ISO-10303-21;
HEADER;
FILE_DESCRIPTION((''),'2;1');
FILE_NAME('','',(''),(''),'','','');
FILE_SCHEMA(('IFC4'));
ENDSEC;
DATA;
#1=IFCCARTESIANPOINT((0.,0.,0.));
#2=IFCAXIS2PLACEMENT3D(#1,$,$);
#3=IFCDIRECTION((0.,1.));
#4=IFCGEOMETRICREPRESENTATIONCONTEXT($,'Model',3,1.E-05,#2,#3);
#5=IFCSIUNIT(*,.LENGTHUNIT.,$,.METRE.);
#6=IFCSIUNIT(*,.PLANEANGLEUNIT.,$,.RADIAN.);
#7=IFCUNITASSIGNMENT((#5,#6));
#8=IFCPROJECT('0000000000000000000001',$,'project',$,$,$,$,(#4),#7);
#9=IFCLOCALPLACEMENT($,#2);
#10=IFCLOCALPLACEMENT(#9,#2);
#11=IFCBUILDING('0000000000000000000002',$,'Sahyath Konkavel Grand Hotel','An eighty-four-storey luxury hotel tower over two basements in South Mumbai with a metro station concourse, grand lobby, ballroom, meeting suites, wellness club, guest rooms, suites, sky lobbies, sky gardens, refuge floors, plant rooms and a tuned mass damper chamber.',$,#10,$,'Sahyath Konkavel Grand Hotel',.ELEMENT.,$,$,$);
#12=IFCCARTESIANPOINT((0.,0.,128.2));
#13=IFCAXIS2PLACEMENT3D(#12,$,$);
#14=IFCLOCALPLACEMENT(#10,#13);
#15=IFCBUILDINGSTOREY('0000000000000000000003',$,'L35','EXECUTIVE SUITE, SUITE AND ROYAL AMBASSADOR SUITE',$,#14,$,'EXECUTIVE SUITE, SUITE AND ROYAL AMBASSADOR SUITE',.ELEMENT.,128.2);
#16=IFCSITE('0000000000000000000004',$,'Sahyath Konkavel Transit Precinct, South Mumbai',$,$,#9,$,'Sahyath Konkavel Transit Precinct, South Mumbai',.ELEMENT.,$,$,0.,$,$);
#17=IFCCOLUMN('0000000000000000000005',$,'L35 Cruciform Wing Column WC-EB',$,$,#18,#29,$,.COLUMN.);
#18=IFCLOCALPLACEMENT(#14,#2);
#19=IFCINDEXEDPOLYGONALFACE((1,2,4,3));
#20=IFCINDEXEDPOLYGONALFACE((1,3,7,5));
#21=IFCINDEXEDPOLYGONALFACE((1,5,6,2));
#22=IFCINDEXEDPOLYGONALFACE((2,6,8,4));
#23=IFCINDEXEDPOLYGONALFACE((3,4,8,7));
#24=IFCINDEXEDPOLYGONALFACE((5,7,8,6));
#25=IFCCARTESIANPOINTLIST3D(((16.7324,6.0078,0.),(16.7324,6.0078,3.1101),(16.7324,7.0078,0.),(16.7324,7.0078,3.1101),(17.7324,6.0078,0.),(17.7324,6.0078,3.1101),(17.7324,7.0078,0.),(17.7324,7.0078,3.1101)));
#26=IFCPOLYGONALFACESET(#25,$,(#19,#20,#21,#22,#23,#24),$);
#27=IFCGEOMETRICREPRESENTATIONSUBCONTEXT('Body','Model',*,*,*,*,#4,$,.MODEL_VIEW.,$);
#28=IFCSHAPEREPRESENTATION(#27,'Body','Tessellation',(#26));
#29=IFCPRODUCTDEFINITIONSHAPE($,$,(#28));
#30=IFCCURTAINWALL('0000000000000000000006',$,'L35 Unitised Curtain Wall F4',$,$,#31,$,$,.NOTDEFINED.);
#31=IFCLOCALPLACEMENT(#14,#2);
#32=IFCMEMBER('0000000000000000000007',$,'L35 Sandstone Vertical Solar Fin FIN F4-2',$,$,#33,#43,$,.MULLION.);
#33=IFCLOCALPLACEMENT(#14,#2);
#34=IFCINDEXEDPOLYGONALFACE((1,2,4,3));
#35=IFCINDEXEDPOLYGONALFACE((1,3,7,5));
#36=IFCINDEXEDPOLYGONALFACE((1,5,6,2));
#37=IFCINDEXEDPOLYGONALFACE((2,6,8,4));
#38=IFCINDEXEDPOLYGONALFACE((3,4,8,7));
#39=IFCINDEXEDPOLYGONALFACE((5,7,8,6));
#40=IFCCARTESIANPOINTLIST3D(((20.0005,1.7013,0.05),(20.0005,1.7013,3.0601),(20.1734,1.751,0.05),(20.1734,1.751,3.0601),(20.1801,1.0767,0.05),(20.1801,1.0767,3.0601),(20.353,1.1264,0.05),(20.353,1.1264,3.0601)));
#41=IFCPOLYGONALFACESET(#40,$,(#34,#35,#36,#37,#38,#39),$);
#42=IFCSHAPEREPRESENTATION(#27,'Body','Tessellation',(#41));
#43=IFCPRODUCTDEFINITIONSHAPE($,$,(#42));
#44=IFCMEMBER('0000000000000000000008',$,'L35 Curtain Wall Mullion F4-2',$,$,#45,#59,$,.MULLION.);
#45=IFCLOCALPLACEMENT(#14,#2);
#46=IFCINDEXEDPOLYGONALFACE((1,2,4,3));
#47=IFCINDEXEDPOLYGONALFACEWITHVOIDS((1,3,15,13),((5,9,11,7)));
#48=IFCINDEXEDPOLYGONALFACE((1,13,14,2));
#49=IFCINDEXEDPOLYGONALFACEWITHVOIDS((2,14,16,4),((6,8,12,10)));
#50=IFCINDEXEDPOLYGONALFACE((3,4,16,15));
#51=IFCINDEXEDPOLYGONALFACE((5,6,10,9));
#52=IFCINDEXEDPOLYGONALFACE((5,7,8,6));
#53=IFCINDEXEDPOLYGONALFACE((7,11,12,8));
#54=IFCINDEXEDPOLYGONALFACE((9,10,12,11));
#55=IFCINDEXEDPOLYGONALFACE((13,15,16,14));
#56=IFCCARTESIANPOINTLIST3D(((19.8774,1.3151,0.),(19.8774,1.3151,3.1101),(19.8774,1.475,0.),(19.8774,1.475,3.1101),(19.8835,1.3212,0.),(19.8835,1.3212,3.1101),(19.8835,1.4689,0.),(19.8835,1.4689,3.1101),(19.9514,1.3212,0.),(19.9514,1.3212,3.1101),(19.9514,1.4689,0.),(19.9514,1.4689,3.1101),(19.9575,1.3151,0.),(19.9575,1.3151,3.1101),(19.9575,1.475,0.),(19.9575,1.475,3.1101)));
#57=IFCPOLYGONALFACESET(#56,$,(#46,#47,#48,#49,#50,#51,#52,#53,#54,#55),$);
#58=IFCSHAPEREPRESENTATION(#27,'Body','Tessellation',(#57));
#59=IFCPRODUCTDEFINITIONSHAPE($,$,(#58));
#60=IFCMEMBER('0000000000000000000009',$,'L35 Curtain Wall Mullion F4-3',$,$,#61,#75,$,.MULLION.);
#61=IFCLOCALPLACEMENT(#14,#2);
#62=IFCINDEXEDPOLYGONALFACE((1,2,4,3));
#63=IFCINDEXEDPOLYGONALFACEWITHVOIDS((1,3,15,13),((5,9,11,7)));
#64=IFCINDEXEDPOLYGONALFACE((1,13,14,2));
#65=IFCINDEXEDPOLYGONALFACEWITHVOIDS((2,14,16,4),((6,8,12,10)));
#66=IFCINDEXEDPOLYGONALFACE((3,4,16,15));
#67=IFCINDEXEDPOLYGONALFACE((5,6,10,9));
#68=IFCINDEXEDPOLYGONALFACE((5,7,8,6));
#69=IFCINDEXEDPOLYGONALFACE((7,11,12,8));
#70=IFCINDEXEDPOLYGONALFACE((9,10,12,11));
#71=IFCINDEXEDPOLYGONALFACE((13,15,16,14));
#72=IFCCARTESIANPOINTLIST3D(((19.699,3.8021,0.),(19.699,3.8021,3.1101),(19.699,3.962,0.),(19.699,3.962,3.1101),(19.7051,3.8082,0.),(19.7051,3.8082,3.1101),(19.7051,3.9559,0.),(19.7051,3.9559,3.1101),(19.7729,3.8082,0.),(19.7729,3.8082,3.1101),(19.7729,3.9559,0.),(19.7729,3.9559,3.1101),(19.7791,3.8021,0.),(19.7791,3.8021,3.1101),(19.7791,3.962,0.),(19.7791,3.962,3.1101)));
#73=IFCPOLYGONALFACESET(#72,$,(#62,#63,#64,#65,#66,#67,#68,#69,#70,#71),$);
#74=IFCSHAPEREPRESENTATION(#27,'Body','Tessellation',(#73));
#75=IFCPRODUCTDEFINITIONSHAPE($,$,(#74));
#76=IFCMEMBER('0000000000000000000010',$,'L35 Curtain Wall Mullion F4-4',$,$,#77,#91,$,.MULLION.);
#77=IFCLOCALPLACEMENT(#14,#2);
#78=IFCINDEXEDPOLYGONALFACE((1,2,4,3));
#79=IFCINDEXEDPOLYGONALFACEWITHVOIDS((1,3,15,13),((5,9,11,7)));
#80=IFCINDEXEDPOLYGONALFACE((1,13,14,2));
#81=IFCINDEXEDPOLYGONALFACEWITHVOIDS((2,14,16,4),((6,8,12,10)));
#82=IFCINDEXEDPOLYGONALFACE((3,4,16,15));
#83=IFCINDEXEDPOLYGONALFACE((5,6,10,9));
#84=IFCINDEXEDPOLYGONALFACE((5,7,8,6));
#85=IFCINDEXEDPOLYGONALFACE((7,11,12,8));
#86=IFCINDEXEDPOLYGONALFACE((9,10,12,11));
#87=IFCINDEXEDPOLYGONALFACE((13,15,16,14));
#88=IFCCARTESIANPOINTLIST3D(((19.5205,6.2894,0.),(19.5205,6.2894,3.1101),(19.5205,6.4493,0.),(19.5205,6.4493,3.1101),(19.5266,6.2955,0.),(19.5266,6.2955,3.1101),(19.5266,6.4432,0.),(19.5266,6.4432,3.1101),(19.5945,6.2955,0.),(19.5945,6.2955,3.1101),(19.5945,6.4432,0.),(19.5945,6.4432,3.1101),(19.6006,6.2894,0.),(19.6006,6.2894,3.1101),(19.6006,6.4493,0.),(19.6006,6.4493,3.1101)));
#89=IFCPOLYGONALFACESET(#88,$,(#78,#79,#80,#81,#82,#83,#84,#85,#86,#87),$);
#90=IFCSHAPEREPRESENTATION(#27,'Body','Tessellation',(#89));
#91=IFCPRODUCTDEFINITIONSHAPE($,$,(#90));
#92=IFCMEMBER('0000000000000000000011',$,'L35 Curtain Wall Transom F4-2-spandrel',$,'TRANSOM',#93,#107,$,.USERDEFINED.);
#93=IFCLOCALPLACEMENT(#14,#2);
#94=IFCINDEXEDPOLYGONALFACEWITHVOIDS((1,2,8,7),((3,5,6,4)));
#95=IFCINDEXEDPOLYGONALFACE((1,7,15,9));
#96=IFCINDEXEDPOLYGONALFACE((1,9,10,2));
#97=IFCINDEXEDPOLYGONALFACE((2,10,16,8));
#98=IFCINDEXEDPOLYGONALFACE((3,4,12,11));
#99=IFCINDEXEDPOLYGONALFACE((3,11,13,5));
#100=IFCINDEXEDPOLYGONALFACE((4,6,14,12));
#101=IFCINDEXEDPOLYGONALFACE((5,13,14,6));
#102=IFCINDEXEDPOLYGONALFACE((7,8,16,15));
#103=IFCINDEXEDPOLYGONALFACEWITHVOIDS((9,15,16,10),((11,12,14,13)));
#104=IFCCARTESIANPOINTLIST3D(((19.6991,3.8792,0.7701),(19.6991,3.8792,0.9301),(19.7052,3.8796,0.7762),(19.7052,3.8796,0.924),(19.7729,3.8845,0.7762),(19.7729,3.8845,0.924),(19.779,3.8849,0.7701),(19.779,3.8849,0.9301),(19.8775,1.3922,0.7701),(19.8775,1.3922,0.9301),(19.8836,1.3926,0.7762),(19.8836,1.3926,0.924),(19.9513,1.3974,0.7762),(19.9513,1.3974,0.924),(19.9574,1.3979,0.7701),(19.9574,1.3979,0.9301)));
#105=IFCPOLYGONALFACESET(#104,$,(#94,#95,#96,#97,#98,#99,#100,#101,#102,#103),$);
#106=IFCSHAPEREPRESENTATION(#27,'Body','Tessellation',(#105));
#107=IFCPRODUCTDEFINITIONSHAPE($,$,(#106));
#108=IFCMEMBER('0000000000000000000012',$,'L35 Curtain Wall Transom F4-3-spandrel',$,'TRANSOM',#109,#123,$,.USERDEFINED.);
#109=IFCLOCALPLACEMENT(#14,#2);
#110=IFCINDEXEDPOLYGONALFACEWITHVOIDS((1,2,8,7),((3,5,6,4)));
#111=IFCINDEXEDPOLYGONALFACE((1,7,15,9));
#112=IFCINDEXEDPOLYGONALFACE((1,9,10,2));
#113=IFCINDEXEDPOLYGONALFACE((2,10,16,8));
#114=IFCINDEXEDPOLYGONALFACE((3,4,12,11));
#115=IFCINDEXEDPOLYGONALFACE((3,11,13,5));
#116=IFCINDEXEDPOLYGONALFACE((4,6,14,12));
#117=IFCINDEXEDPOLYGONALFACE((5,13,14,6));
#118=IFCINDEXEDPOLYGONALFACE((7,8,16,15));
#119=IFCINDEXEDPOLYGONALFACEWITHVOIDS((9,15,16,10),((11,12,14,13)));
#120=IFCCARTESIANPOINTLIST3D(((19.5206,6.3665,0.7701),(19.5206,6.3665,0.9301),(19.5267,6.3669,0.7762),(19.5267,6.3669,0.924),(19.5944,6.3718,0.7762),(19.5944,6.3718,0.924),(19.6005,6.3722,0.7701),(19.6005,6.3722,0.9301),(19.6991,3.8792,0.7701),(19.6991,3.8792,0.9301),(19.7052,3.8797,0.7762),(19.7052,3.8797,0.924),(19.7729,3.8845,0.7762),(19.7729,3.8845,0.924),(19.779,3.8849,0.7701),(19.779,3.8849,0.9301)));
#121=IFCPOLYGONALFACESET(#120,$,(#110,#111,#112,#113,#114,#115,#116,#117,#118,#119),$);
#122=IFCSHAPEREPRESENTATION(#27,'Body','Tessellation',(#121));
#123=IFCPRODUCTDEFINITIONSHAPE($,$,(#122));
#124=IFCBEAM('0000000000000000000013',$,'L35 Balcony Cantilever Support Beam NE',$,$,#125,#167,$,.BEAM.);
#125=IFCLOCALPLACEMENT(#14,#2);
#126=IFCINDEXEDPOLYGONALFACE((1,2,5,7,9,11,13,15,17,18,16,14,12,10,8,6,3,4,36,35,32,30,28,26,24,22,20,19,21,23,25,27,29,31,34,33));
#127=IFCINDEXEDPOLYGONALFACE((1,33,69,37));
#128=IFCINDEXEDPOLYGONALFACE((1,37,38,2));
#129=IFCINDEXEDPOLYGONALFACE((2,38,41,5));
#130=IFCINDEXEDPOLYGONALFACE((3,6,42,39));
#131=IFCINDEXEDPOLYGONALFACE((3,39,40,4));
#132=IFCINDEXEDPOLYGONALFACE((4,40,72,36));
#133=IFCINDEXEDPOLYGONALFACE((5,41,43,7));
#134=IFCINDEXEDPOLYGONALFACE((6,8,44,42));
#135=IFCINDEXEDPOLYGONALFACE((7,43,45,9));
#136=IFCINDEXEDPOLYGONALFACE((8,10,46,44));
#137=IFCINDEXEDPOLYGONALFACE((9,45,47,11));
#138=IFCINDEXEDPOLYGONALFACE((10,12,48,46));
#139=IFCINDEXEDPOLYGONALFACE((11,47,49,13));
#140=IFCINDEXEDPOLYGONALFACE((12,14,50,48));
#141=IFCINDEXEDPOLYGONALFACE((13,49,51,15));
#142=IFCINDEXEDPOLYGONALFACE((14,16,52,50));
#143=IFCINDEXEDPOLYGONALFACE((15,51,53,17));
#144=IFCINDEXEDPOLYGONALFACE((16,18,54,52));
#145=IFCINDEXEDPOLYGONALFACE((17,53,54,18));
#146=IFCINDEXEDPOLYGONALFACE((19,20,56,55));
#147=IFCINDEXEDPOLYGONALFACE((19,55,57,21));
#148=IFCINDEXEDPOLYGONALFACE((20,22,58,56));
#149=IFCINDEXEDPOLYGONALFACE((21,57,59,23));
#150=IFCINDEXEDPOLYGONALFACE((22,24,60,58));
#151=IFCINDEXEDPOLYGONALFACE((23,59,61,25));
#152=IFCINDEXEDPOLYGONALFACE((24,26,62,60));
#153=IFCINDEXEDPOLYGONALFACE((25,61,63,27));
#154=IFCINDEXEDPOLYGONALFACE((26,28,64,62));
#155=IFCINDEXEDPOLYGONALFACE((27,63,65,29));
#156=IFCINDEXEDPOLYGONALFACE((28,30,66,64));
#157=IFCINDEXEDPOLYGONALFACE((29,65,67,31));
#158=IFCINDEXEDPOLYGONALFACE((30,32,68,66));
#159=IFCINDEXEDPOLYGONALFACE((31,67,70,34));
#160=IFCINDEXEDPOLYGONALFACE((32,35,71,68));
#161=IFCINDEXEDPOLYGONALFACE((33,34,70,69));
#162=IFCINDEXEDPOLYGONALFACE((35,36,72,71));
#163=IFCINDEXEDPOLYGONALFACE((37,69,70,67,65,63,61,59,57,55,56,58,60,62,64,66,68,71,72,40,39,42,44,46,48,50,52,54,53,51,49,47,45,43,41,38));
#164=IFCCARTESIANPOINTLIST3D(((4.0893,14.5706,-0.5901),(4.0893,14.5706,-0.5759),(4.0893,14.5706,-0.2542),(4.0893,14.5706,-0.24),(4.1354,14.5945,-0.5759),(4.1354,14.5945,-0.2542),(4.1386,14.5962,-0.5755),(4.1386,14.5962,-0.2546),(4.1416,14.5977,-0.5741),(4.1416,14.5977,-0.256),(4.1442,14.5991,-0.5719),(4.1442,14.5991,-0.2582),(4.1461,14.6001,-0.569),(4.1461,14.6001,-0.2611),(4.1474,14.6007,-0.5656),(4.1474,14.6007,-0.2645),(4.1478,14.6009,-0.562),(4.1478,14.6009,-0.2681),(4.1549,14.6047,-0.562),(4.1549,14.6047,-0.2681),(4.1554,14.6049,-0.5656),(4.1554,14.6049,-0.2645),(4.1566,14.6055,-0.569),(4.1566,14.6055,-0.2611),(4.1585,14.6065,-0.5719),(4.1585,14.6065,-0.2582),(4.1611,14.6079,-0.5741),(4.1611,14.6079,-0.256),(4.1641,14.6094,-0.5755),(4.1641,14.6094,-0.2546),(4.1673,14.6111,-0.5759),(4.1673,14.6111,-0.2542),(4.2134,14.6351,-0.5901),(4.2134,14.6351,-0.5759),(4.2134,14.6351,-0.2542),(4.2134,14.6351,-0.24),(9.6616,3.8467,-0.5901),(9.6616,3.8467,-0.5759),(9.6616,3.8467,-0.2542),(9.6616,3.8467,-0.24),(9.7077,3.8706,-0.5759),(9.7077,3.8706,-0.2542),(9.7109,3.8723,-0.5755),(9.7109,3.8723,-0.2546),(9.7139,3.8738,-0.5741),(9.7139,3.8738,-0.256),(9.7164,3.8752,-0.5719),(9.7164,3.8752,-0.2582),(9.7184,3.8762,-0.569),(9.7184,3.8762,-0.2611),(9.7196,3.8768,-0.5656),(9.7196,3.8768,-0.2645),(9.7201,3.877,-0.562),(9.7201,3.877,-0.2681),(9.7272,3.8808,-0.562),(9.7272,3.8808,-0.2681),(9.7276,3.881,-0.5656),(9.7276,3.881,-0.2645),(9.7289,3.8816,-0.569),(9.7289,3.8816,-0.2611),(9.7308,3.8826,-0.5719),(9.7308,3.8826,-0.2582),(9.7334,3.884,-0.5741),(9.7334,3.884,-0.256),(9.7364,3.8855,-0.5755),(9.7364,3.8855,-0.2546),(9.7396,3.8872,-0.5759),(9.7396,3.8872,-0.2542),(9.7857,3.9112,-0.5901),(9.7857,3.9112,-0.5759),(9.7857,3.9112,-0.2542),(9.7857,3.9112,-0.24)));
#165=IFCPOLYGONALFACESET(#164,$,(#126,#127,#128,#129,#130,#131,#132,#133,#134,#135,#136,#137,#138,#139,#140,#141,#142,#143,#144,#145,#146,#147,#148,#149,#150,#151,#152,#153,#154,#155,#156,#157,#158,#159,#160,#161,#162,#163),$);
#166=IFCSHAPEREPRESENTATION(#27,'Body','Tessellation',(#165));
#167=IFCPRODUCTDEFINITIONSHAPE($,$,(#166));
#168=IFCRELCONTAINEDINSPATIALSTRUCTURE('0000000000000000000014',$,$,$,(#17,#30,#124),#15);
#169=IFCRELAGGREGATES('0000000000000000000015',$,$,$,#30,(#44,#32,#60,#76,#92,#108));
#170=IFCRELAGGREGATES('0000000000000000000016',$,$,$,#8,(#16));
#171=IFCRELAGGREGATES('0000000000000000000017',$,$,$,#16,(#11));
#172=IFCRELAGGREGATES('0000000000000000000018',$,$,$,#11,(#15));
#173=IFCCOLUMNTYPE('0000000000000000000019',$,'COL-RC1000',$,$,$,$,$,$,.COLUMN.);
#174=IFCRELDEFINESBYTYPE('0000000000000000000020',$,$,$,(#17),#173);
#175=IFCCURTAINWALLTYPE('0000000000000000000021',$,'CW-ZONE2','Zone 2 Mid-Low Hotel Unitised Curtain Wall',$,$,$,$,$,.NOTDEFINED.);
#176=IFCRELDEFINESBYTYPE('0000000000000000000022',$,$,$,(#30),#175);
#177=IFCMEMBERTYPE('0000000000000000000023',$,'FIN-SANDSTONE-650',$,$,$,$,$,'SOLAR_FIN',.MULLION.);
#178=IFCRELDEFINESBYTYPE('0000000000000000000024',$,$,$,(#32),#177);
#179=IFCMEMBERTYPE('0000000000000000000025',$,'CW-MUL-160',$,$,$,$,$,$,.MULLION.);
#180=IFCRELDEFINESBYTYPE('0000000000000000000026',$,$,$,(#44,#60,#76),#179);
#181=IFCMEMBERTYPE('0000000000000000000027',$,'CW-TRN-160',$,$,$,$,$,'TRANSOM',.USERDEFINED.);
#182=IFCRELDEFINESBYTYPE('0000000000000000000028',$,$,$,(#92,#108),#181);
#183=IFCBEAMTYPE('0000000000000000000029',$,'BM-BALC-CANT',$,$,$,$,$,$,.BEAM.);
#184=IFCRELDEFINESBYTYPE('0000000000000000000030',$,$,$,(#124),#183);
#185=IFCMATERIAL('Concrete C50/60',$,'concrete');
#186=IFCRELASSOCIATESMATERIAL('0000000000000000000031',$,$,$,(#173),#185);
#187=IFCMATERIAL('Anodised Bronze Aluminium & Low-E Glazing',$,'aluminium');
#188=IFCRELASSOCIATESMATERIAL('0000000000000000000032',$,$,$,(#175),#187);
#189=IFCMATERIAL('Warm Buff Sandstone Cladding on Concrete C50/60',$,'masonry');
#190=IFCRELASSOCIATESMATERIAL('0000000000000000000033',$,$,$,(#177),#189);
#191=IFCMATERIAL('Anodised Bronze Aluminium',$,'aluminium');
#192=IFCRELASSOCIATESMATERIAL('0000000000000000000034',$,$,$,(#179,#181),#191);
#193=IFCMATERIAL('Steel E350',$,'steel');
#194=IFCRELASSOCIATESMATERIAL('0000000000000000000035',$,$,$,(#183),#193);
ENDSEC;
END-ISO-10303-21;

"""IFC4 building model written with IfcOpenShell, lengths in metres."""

from ifc_helpers import new_model, si_unit, direction, frame, origin, origin_2d, place, context, subcontext, project, spatial, rectangle, hollow_rectangle, i_section, extrude, source, transform, mapped, material, material_profile, profile_set, type_object, element, aggregate, save


model = new_model("IFC4")

# Units and contexts
model_context = context("Model", 3, precision=1e-05, world=origin(), true_north=direction((0.0, 1.0)))
body_context = subcontext(model_context, "Body", "Model", "MODEL_VIEW")
ifc_project = project(units=[si_unit("LENGTHUNIT", "METRE"), si_unit("PLANEANGLEUNIT", "RADIAN")], contexts=[model_context])

# Site, building, storey
site_placement = place(None, origin())
site = spatial("IfcSite", under=ifc_project, at=site_placement, Name="Sahyath Konkavel Transit Precinct, South Mumbai", LongName="Sahyath Konkavel Transit Precinct, South Mumbai", CompositionType="ELEMENT", RefElevation=0.0)
building_placement = place(site_placement, origin())
building = spatial("IfcBuilding", under=site, at=building_placement, Name="Sahyath Konkavel Grand Hotel", Description="An eighty-four-storey luxury hotel tower over two basements in South Mumbai with a metro station concourse, grand lobby, ballroom, meeting suites, wellness club, guest rooms, suites, sky lobbies, sky gardens, refuge floors, plant rooms and a tuned mass damper chamber.", LongName="Sahyath Konkavel Grand Hotel", CompositionType="ELEMENT")
storey_placement = place(building_placement, frame((0.0, 0.0, 128.2)))
storey = spatial("IfcBuildingStorey", under=building, at=storey_placement, Name="L35", Description="EXECUTIVE SUITE, SUITE AND ROYAL AMBASSADOR SUITE", LongName="EXECUTIVE SUITE, SUITE AND ROYAL AMBASSADOR SUITE", CompositionType="ELEMENT", Elevation=128.2)

# Column
ifc_material_1 = material(Name="Concrete C50/60", Category="concrete")
ifc_material_profile_1 = material_profile(ifc_material_1, rectangle(XDim=1.0, YDim=1.0, at=origin_2d()), Name="RC 1000x1000")
ifc_profile_set_1 = profile_set([ifc_material_profile_1], Name="Concrete C50/60")
column_type = type_object("IfcColumnType", Name="COL-RC1000", PredefinedType="COLUMN", material=ifc_profile_set_1)
shared_shape_1 = source(origin(), body_context, "Body", "SweptSolid", [
    extrude(rectangle(XDim=1.0, YDim=1.0, at=origin_2d()), origin(), (0.0, 0.0, 1.0), 3.1101),
])
column_placement = place(storey_placement, frame((17.2324, 6.5078, 0.0), z_axis=(0.0, 0.0, 1.0), x_axis=(1.0, 0.0, 0.0)))
element("IfcColumn", 1, at=column_placement, inside=storey, type_object=column_type, Name="L35 Cruciform Wing Column WC-EB", PredefinedType="COLUMN", context=body_context, shape_type="MappedRepresentation", body=[
    mapped(shared_shape_1, transform((0.0, 0.0, 0.0), scale=1.0)),
])

# Curtain wall, members
ifc_material_2 = material(Name="Anodised Bronze Aluminium & Low-E Glazing", Category="aluminium")
curtain_wall_type = type_object("IfcCurtainWallType", Name="CW-ZONE2", Description="Zone 2 Mid-Low Hotel Unitised Curtain Wall", PredefinedType="NOTDEFINED", material=ifc_material_2)
curtain_wall_placement = place(storey_placement, origin())
curtain_wall = element("IfcCurtainWall", 2, at=curtain_wall_placement, inside=storey, type_object=curtain_wall_type, Name="L35 Unitised Curtain Wall F4", PredefinedType="NOTDEFINED")
ifc_material_3 = material(Name="Warm Buff Sandstone Cladding on Concrete C50/60", Category="masonry")
ifc_material_profile_2 = material_profile(ifc_material_3, rectangle(XDim=0.1799, YDim=0.6499, at=origin_2d()), Name="FIN 180x650")
ifc_profile_set_2 = profile_set([ifc_material_profile_2], Name="Warm Buff Sandstone Cladding on Concrete C50/60")
member_type_1 = type_object("IfcMemberType", Name="FIN-SANDSTONE-650", ElementType="SOLAR_FIN", PredefinedType="MULLION", material=ifc_profile_set_2)
shared_shape_2 = source(origin(), body_context, "Body", "SweptSolid", [
    extrude(rectangle(XDim=0.1799, YDim=0.6499, at=origin_2d()), origin(), (0.0, 0.0, 1.0), 3.01),
])
member_1_placement = place(storey_placement, frame((20.1768, 1.4138, 0.05), z_axis=(0.0, 0.0, 1.0), x_axis=(0.961069, 0.276308, 0.0)))
member_1 = element("IfcMember", 3, at=member_1_placement, type_object=member_type_1, Name="L35 Sandstone Vertical Solar Fin FIN F4-2", PredefinedType="MULLION", context=body_context, shape_type="MappedRepresentation", body=[
    mapped(shared_shape_2, transform((0.0, 0.0, 0.0), scale=1.0)),
])
ifc_material_4 = material(Name="Anodised Bronze Aluminium", Category="aluminium")
ifc_material_profile_3 = material_profile(ifc_material_4, hollow_rectangle(XDim=0.0801, YDim=0.1599, WallThickness=0.0061, at=origin_2d()), Name="RHS 160x80x6")
ifc_profile_set_3 = profile_set([ifc_material_profile_3], Name="Anodised Bronze Aluminium")
member_type_2 = type_object("IfcMemberType", Name="CW-MUL-160", PredefinedType="MULLION", material=ifc_profile_set_3)
shared_shape_3 = source(origin(), body_context, "Body", "SweptSolid", [
    extrude(hollow_rectangle(XDim=0.0801, YDim=0.1599, WallThickness=0.0061, at=origin_2d()), origin(), (0.0, 0.0, 1.0), 3.1101),
])
member_2_placement = place(storey_placement, frame((19.9175, 1.395, 0.0), z_axis=(0.0, 0.0, 1.0), x_axis=(1.0, 0.0, 0.0)))
member_2 = element("IfcMember", 4, at=member_2_placement, type_object=member_type_2, Name="L35 Curtain Wall Mullion F4-2", PredefinedType="MULLION", context=body_context, shape_type="MappedRepresentation", body=[
    mapped(shared_shape_3, transform((0.0, 0.0, 0.0), scale=1.0)),
])
member_3_placement = place(storey_placement, frame((19.739, 3.8821, 0.0), z_axis=(0.0, 0.0, 1.0), x_axis=(1.0, 0.0, 0.0)))
member_3 = element("IfcMember", 5, at=member_3_placement, type_object=member_type_2, Name="L35 Curtain Wall Mullion F4-3", PredefinedType="MULLION", context=body_context, shape_type="MappedRepresentation", body=[
    mapped(shared_shape_3, transform((0.0, 0.0, 0.0), scale=1.0)),
])
member_4_placement = place(storey_placement, frame((19.5605, 6.3694, 0.0), z_axis=(0.0, 0.0, 1.0), x_axis=(1.0, 0.0, 0.0)))
member_4 = element("IfcMember", 6, at=member_4_placement, type_object=member_type_2, Name="L35 Curtain Wall Mullion F4-4", PredefinedType="MULLION", context=body_context, shape_type="MappedRepresentation", body=[
    mapped(shared_shape_3, transform((0.0, 0.0, 0.0), scale=1.0)),
])
ifc_material_profile_4 = material_profile(ifc_material_4, hollow_rectangle(XDim=0.0801, YDim=0.1599, WallThickness=0.0061, at=origin_2d()), Name="RHS 160x80x6")
ifc_profile_set_4 = profile_set([ifc_material_profile_4], Name="Anodised Bronze Aluminium")
member_type_3 = type_object("IfcMemberType", Name="CW-TRN-160", ElementType="TRANSOM", PredefinedType="USERDEFINED", material=ifc_profile_set_4)
shared_shape_4 = source(origin(), body_context, "Body", "SweptSolid", [
    extrude(hollow_rectangle(XDim=0.0801, YDim=0.1599, WallThickness=0.0061, at=origin_2d()), origin(), (0.0, 0.0, 1.0), 2.4934),
])
member_5_placement = place(storey_placement, frame((19.9175, 1.395, 0.8501), z_axis=(-0.071574, 0.997435, 0.0), x_axis=(-0.997435, -0.071574, 0.0)))
member_5 = element("IfcMember", 7, at=member_5_placement, type_object=member_type_3, Name="L35 Curtain Wall Transom F4-2-spandrel", ObjectType="TRANSOM", PredefinedType="USERDEFINED", context=body_context, shape_type="MappedRepresentation", body=[
    mapped(shared_shape_4, transform((0.0, 0.0, 0.0), scale=1.0)),
])
shared_shape_5 = source(origin(), body_context, "Body", "SweptSolid", [
    extrude(hollow_rectangle(XDim=0.0801, YDim=0.1599, WallThickness=0.0061, at=origin_2d()), origin(), (0.0, 0.0, 1.0), 2.4937),
])
member_6_placement = place(storey_placement, frame((19.739, 3.8821, 0.8501), z_axis=(-0.071567, 0.997436, 0.0), x_axis=(-0.997436, -0.071567, 0.0)))
member_6 = element("IfcMember", 8, at=member_6_placement, type_object=member_type_3, Name="L35 Curtain Wall Transom F4-3-spandrel", ObjectType="TRANSOM", PredefinedType="USERDEFINED", context=body_context, shape_type="MappedRepresentation", body=[
    mapped(shared_shape_5, transform((0.0, 0.0, 0.0), scale=1.0)),
])

# Beam
ifc_material_5 = material(Name="Steel E350", Category="steel")
ifc_material_profile_5 = material_profile(ifc_material_5, i_section(OverallWidth=0.1399, OverallDepth=0.3501, WebThickness=0.0081, FlangeThickness=0.0142, FilletRadius=0.0139, at=origin_2d()), Name="ISMB 350")
ifc_profile_set_5 = profile_set([ifc_material_profile_5], Name="Steel E350")
beam_type = type_object("IfcBeamType", Name="BM-BALC-CANT", PredefinedType="BEAM", material=ifc_profile_set_5)
shared_shape_6 = source(origin(), body_context, "Body", "SweptSolid", [
    extrude(i_section(OverallWidth=0.1399, OverallDepth=0.3501, WebThickness=0.0081, FlangeThickness=0.0142, FilletRadius=0.0139, at=origin_2d()), origin(), (0.0, 0.0, 1.0), 12.0852),
])
beam_placement = place(storey_placement, frame((9.7236, 3.8789, -0.415), z_axis=(-0.461082, 0.887357, 0.0), x_axis=(-0.887357, -0.461082, 0.0)))
element("IfcBeam", 9, at=beam_placement, inside=storey, type_object=beam_type, Name="L35 Balcony Cantilever Support Beam NE", PredefinedType="BEAM", context=body_context, shape_type="MappedRepresentation", body=[
    mapped(shared_shape_6, transform((0.0, 0.0, 0.0), scale=1.0)),
])

aggregate(curtain_wall, [member_2, member_1, member_3, member_4, member_5, member_6])

save(model, "model.ifc")
